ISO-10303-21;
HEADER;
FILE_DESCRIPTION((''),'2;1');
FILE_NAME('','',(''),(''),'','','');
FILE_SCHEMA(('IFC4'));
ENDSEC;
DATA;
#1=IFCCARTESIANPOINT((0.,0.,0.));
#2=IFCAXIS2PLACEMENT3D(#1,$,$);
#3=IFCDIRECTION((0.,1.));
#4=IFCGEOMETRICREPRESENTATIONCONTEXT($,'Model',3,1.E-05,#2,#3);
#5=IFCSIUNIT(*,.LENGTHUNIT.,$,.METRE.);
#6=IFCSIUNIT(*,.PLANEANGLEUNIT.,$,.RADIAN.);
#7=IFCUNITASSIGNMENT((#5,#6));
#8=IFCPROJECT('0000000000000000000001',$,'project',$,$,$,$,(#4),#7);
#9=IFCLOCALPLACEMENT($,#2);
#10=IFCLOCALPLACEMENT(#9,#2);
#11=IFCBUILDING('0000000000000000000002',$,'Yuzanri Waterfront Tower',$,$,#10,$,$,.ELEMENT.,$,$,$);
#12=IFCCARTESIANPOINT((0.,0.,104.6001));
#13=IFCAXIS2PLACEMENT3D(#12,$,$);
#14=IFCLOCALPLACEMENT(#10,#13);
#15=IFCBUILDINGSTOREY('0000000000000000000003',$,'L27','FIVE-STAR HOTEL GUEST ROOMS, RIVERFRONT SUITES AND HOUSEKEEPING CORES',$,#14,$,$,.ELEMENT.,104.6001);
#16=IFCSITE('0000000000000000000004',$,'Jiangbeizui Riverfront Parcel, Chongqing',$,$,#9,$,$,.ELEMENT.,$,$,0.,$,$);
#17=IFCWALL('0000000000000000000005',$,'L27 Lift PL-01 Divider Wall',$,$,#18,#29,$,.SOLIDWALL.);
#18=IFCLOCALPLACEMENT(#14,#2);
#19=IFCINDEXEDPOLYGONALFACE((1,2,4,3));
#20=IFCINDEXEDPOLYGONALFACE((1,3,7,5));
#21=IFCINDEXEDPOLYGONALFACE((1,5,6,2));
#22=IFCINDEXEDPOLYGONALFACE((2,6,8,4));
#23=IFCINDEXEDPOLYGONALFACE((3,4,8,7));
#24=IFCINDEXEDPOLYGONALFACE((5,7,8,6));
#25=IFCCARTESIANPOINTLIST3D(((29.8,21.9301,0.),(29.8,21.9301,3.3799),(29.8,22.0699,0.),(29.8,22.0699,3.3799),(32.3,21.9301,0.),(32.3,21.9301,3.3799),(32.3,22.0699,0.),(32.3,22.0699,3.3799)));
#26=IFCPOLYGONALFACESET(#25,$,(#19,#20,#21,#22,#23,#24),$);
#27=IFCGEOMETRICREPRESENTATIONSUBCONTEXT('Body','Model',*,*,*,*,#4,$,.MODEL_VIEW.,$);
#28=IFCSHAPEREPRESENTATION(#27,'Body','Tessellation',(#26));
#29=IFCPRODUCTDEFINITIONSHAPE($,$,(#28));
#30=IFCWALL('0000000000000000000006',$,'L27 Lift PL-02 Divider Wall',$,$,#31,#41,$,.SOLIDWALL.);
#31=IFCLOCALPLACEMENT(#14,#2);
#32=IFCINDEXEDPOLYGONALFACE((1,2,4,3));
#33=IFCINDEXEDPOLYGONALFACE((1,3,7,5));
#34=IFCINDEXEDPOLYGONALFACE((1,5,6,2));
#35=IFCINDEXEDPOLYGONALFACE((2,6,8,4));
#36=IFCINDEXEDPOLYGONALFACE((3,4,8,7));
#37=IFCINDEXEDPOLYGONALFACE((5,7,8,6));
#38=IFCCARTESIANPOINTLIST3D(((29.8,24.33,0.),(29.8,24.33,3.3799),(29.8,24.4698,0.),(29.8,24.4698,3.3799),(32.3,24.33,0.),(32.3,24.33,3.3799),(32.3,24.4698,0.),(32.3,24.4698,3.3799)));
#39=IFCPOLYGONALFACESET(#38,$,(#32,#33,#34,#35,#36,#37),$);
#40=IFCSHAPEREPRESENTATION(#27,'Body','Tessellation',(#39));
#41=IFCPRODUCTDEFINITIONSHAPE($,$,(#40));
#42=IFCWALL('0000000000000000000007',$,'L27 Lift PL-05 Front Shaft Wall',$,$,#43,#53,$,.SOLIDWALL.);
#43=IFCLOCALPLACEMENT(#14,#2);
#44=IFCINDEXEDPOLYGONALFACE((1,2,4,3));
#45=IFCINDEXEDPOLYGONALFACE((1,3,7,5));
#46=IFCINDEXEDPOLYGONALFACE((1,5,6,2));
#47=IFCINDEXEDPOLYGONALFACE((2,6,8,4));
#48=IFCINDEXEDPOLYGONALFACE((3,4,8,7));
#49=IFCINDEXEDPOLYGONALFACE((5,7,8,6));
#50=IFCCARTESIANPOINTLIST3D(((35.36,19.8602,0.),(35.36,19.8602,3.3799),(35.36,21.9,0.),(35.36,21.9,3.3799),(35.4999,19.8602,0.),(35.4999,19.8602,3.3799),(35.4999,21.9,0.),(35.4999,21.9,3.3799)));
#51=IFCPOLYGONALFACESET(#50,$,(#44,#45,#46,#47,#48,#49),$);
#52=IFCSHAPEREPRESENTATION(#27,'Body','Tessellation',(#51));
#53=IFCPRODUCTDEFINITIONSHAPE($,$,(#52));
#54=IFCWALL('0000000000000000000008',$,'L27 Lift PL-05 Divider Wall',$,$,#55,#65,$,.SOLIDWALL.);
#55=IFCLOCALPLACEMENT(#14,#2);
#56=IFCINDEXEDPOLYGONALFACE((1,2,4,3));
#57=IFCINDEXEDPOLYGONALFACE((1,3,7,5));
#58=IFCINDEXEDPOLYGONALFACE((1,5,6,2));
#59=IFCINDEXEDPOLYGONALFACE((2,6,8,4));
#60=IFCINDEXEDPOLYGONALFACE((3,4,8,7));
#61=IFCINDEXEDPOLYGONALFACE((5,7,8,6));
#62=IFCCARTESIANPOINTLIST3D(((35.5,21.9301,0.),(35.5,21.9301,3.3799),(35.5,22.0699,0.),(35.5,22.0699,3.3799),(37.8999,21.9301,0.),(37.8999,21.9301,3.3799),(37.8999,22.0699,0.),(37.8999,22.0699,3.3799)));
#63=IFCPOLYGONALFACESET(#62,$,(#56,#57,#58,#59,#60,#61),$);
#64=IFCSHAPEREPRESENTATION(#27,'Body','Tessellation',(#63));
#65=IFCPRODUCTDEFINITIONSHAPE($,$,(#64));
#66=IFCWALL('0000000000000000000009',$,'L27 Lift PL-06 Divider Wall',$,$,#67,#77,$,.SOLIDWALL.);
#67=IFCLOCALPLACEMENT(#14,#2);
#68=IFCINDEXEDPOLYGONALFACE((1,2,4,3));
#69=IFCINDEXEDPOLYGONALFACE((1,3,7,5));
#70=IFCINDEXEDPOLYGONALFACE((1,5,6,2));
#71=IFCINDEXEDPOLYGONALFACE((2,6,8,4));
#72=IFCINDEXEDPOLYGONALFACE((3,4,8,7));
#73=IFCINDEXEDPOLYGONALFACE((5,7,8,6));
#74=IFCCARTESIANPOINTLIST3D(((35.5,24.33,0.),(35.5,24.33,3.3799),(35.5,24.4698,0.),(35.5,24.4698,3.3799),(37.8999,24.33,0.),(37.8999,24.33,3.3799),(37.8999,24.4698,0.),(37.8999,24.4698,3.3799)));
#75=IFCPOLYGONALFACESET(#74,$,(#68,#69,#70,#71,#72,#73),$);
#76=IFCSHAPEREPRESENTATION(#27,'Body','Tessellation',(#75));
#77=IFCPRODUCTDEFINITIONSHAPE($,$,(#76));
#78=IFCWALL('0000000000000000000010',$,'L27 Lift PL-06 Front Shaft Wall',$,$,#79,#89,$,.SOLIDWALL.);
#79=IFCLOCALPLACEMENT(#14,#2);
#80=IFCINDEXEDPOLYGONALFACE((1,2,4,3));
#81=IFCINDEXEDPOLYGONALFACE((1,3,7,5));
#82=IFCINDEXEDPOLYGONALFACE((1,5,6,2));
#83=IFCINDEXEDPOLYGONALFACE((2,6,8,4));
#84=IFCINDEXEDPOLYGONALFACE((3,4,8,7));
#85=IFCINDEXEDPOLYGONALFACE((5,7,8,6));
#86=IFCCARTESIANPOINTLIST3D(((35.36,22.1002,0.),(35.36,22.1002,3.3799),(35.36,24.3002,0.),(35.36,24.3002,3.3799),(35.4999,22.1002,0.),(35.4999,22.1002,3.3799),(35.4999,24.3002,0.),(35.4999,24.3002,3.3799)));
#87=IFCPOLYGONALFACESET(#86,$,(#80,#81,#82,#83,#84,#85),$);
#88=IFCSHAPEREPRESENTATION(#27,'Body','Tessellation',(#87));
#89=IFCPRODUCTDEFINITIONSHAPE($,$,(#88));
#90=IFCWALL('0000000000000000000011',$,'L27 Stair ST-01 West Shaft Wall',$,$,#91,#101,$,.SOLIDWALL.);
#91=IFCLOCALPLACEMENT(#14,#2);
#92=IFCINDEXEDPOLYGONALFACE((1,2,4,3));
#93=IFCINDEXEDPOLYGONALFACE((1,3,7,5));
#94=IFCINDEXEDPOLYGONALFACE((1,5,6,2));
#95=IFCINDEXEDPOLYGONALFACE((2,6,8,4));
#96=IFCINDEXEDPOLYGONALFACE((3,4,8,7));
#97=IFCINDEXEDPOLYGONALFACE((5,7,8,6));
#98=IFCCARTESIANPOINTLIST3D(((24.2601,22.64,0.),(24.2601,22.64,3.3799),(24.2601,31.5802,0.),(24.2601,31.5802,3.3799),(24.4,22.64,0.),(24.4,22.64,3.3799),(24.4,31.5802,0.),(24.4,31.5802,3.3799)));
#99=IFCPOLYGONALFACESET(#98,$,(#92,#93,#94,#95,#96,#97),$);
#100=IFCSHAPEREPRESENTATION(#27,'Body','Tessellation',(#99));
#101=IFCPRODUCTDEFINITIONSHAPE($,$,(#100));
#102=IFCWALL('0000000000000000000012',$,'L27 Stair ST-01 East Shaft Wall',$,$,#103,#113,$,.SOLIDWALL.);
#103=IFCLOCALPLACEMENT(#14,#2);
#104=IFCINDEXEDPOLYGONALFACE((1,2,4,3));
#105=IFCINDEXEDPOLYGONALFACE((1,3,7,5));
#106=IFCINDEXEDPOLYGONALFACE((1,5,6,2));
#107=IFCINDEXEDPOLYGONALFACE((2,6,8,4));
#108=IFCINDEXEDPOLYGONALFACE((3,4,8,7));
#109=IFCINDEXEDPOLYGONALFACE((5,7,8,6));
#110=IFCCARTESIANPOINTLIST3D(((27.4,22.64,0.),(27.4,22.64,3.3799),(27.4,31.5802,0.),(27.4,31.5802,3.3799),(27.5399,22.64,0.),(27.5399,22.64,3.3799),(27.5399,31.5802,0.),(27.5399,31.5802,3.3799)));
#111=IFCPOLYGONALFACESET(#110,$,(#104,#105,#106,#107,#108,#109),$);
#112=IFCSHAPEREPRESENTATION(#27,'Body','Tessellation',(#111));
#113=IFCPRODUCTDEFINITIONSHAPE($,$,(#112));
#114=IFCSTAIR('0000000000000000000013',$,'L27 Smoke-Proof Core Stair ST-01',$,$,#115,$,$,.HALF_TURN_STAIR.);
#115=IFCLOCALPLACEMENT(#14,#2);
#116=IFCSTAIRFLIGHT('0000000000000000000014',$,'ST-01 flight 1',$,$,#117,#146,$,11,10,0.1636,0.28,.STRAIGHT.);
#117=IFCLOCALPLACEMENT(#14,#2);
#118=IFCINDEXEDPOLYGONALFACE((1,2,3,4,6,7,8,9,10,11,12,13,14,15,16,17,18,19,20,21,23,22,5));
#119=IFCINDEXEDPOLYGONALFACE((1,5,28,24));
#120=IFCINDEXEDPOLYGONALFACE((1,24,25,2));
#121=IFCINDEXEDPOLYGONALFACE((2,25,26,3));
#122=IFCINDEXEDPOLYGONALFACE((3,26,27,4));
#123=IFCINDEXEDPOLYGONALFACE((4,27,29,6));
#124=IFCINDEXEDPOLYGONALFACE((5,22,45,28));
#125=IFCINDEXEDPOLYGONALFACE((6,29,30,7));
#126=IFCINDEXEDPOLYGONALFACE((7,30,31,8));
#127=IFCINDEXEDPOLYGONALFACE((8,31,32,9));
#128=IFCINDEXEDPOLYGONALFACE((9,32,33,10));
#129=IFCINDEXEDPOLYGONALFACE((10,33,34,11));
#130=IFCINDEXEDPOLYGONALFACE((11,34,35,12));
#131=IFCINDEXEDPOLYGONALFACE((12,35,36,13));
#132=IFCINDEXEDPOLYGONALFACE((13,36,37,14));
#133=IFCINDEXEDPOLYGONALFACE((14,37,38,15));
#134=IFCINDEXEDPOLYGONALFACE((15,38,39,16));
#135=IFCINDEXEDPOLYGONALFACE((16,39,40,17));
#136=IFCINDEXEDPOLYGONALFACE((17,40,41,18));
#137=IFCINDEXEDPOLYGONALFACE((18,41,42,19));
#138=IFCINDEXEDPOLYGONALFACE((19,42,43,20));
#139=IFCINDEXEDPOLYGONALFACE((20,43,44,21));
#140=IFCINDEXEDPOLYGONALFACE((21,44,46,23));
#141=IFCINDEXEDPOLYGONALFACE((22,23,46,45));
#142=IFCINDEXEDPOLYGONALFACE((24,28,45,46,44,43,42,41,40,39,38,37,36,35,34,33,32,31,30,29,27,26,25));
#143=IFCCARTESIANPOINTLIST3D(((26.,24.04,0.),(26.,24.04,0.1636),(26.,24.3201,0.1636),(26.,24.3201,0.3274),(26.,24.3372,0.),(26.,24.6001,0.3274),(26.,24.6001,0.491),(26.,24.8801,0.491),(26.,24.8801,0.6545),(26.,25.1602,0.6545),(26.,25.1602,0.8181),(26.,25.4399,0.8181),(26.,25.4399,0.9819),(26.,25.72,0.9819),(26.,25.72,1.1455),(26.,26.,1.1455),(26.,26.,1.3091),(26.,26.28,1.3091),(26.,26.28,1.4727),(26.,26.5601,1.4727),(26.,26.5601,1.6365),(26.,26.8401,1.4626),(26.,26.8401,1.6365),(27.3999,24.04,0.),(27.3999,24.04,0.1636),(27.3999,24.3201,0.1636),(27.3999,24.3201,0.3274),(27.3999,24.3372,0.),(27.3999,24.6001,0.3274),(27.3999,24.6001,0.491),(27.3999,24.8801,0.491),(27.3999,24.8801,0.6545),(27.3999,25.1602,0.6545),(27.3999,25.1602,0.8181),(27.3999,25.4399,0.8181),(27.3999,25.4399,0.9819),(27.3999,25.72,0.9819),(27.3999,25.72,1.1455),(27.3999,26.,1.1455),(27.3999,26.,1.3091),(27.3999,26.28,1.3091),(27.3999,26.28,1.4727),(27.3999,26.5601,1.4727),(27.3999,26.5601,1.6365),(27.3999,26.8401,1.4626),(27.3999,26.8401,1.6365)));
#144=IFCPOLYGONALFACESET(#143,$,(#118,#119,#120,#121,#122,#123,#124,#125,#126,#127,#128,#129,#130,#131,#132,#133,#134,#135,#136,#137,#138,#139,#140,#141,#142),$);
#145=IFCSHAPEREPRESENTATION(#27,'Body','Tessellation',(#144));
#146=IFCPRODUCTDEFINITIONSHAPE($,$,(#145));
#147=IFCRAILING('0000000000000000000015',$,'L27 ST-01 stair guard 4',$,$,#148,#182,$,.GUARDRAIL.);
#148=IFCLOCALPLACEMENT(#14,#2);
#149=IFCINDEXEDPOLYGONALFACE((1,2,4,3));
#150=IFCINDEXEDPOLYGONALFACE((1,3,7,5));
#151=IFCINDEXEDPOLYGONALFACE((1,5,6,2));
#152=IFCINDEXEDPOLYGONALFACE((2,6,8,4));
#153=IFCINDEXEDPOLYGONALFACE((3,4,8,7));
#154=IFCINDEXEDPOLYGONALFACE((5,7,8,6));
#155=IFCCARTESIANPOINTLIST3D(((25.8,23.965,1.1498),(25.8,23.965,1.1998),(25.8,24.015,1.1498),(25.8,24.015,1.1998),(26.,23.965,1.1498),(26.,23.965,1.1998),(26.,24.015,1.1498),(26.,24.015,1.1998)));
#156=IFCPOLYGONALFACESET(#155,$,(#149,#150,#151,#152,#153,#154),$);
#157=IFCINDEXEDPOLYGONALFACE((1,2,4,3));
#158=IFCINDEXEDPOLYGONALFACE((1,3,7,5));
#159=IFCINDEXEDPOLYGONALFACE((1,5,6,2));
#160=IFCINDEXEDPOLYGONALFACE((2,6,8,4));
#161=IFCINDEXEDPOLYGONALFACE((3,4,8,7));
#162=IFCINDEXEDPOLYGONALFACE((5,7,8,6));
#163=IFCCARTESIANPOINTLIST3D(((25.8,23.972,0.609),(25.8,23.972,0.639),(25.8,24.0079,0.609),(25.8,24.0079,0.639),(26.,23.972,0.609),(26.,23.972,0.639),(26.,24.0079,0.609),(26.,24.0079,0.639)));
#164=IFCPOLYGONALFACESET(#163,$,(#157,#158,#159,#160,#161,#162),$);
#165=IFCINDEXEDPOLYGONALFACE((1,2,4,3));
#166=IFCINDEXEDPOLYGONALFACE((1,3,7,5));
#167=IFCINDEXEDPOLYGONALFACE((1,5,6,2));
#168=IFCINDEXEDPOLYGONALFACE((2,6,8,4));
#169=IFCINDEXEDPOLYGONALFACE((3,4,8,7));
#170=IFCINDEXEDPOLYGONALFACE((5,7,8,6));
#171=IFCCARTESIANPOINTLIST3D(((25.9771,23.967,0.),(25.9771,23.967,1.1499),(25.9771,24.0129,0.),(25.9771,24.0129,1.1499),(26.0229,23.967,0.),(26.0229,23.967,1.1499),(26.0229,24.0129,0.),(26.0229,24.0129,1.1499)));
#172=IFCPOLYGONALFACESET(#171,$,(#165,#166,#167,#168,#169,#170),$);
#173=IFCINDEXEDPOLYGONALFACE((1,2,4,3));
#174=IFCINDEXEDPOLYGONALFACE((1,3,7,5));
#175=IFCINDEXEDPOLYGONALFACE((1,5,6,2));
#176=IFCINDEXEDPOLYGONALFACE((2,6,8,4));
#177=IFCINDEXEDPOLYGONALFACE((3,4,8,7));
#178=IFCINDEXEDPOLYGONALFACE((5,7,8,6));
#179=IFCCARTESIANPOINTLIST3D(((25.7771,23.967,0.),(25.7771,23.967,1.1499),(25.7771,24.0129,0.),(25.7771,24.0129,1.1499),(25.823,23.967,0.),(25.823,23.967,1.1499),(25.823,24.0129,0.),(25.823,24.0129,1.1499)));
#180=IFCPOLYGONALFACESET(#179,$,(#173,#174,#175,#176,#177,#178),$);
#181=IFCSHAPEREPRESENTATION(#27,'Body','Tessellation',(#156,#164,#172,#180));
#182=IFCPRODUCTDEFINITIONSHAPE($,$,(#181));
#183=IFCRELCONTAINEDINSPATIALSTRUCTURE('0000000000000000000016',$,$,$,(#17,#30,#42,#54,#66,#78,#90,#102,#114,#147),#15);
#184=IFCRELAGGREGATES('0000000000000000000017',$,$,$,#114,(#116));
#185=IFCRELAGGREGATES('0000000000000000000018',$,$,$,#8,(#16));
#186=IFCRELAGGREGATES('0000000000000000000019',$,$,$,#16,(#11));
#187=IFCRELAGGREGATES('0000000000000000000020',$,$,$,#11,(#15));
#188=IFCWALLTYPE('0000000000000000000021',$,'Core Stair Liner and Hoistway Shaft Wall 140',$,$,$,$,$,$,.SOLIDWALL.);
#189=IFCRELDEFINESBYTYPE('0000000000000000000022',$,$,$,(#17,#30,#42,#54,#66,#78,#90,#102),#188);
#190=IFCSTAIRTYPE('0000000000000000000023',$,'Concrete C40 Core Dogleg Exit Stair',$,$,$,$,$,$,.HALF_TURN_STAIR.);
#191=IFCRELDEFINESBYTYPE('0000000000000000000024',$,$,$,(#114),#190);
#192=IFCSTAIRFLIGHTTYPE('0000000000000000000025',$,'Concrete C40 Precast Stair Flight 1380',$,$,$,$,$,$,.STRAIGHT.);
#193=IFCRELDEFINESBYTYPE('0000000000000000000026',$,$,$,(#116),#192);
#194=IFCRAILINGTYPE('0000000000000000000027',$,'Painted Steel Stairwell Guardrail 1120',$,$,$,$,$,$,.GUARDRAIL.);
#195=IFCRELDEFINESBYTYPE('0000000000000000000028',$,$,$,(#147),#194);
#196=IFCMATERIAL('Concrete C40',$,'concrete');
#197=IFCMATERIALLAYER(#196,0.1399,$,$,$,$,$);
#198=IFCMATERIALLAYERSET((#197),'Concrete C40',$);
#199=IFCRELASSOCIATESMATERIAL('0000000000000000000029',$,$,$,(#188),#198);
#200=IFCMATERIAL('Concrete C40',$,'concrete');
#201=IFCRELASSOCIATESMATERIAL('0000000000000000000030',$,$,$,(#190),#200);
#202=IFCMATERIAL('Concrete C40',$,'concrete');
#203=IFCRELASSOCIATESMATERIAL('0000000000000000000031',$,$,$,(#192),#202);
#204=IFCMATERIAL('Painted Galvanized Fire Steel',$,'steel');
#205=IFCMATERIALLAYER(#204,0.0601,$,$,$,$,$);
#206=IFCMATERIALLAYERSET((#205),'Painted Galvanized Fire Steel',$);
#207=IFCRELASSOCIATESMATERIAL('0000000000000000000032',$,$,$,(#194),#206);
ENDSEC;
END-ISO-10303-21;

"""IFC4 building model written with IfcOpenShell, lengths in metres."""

from ifc_helpers import new_model, si_unit, direction, frame, frame_2d, origin, origin_2d, place, context, subcontext, project, spatial, polyline, rectangle, outline, extrude, source, transform, mapped, material, layer, layer_set, type_object, element, aggregate, save


model = new_model("IFC4")

# Units and contexts
model_context = context("Model", 3, precision=1e-05, world=origin(), true_north=direction((0.0, 1.0)))
body_context = subcontext(model_context, "Body", "Model", "MODEL_VIEW")
ifc_project = project(units=[si_unit("LENGTHUNIT", "METRE"), si_unit("PLANEANGLEUNIT", "RADIAN")], contexts=[model_context])

# Site, building, storey
site_placement = place(None, origin())
site = spatial("IfcSite", under=ifc_project, at=site_placement, Name="Jiangbeizui Riverfront Parcel, Chongqing", CompositionType="ELEMENT", RefElevation=0.0)
building_placement = place(site_placement, origin())
building = spatial("IfcBuilding", under=site, at=building_placement, Name="Yuzanri Waterfront Tower", CompositionType="ELEMENT")
storey_placement = place(building_placement, frame((0.0, 0.0, 104.6001)))
storey = spatial("IfcBuildingStorey", under=building, at=storey_placement, Name="L27", Description="FIVE-STAR HOTEL GUEST ROOMS, RIVERFRONT SUITES AND HOUSEKEEPING CORES", CompositionType="ELEMENT", Elevation=104.6001)

# Shared definitions
ifc_material_1 = material(Name="Concrete C40", Category="concrete")
ifc_layer_1 = layer(ifc_material_1, 0.1399)
ifc_layer_set_1 = layer_set([ifc_layer_1], Name="Concrete C40")
wall_type_1 = type_object("IfcWallType", Name="Core Stair Liner and Hoistway Shaft Wall 140", PredefinedType="SOLIDWALL", material=ifc_layer_set_1)

# Walls
shared_shape_1 = source(origin(), body_context, "Body", "SweptSolid", [
    extrude(rectangle(XDim=2.5, YDim=0.1399, at=frame_2d((1.25, 0.0))), origin(), (0.0, 0.0, 1.0), 3.3799),
])
for number, where, z_axis, x_axis, name in (
    (1, (29.8, 22.0, 0.0), (0.0, 0.0, 1.0), (1.0, 0.0, 0.0), "L27 Lift PL-01 Divider Wall"),
    (2, (29.8, 24.3999, 0.0), (0.0, 0.0, 1.0), (1.0, 0.0, 0.0), "L27 Lift PL-02 Divider Wall"),
):
    element("IfcWall", number, at=place(storey_placement, frame(where, z_axis=z_axis, x_axis=x_axis)), inside=storey, type_object=wall_type_1, Name=name, PredefinedType="SOLIDWALL", context=body_context, shape_type="MappedRepresentation", body=[
        mapped(shared_shape_1, transform((0.0, 0.0, 0.0), scale=1.0)),
    ])
shared_shape_2 = source(origin(), body_context, "Body", "SweptSolid", [
    extrude(rectangle(XDim=2.0398, YDim=0.1399, at=frame_2d((1.02, 0.0))), origin(), (0.0, 0.0, 1.0), 3.3799),
])
wall_1_placement = place(storey_placement, frame((35.4299, 19.8601, 0.0), z_axis=(0.0, 0.0, 1.0), x_axis=(0.0, 1.0, 0.0)))
element("IfcWall", 3, at=wall_1_placement, inside=storey, type_object=wall_type_1, Name="L27 Lift PL-05 Front Shaft Wall", PredefinedType="SOLIDWALL", context=body_context, shape_type="MappedRepresentation", body=[
    mapped(shared_shape_2, transform((0.0, 0.0, 0.0), scale=1.0)),
])
shared_shape_3 = source(origin(), body_context, "Body", "SweptSolid", [
    extrude(rectangle(XDim=2.3999, YDim=0.1399, at=frame_2d((1.2, 0.0))), origin(), (0.0, 0.0, 1.0), 3.3799),
])
for number, where, z_axis, x_axis, name in (
    (4, (35.5, 22.0, 0.0), (0.0, 0.0, 1.0), (1.0, 0.0, 0.0), "L27 Lift PL-05 Divider Wall"),
    (5, (35.5, 24.3999, 0.0), (0.0, 0.0, 1.0), (1.0, 0.0, 0.0), "L27 Lift PL-06 Divider Wall"),
):
    element("IfcWall", number, at=place(storey_placement, frame(where, z_axis=z_axis, x_axis=x_axis)), inside=storey, type_object=wall_type_1, Name=name, PredefinedType="SOLIDWALL", context=body_context, shape_type="MappedRepresentation", body=[
        mapped(shared_shape_3, transform((0.0, 0.0, 0.0), scale=1.0)),
    ])
shared_shape_4 = source(origin(), body_context, "Body", "SweptSolid", [
    extrude(rectangle(XDim=2.2, YDim=0.1399, at=frame_2d((1.1001, 0.0))), origin(), (0.0, 0.0, 1.0), 3.3799),
])
wall_2_placement = place(storey_placement, frame((35.4299, 22.1001, 0.0), z_axis=(0.0, 0.0, 1.0), x_axis=(0.0, 1.0, 0.0)))
element("IfcWall", 6, at=wall_2_placement, inside=storey, type_object=wall_type_1, Name="L27 Lift PL-06 Front Shaft Wall", PredefinedType="SOLIDWALL", context=body_context, shape_type="MappedRepresentation", body=[
    mapped(shared_shape_4, transform((0.0, 0.0, 0.0), scale=1.0)),
])
shared_shape_5 = source(origin(), body_context, "Body", "SweptSolid", [
    extrude(rectangle(XDim=8.9402, YDim=0.1399, at=frame_2d((4.4702, 0.0))), origin(), (0.0, 0.0, 1.0), 3.3799),
])
for number, where, z_axis, x_axis, name in (
    (7, (24.3301, 22.6399, 0.0), (0.0, 0.0, 1.0), (0.0, 1.0, 0.0), "L27 Stair ST-01 West Shaft Wall"),
    (8, (27.47, 22.6399, 0.0), (0.0, 0.0, 1.0), (0.0, 1.0, 0.0), "L27 Stair ST-01 East Shaft Wall"),
):
    element("IfcWall", number, at=place(storey_placement, frame(where, z_axis=z_axis, x_axis=x_axis)), inside=storey, type_object=wall_type_1, Name=name, PredefinedType="SOLIDWALL", context=body_context, shape_type="MappedRepresentation", body=[
        mapped(shared_shape_5, transform((0.0, 0.0, 0.0), scale=1.0)),
    ])

# Stair, stair flight
ifc_material_2 = material(Name="Concrete C40", Category="concrete")
stair_type = type_object("IfcStairType", Name="Concrete C40 Core Dogleg Exit Stair", PredefinedType="HALF_TURN_STAIR", material=ifc_material_2)
stair_placement = place(storey_placement, origin())
stair = element("IfcStair", 9, at=stair_placement, inside=storey, type_object=stair_type, Name="L27 Smoke-Proof Core Stair ST-01", PredefinedType="HALF_TURN_STAIR")
ifc_material_3 = material(Name="Concrete C40", Category="concrete")
stair_flight_type = type_object("IfcStairFlightType", Name="Concrete C40 Precast Stair Flight 1380", PredefinedType="STRAIGHT", material=ifc_material_3)
shared_shape_6 = source(origin(), body_context, "Body", "SweptSolid", [
    extrude(outline(polyline([(0.0, 0.0), (0.0, 0.1636), (0.28, 0.1636), (0.28, 0.3274), (0.5601, 0.3274), (0.5601, 0.491), (0.8401, 0.491), (0.8401, 0.6545), (1.1201, 0.6545), (1.1201, 0.8181), (1.3999, 0.8181), (1.3999, 0.9819), (1.6799, 0.9819), (1.6799, 1.1455), (1.96, 1.1455), (1.96, 1.3091), (2.24, 1.3091), (2.24, 1.4727), (2.52, 1.4727), (2.52, 1.6365), (2.8, 1.6365), (2.8, 1.8), (2.8, 1.4626), (0.2971, 0.0), (0.0, 0.0)])), frame((0.0, 0.7, 0.0), z_axis=(0.0, -1.0, 0.0), x_axis=(1.0, 0.0, 0.0)), (0.0, 0.0, 1.0), 1.3999),
])
stair_flight_placement = place(storey_placement, frame((26.7, 24.04, 0.0), z_axis=(0.0, 0.0, 1.0), x_axis=(0.0, 1.0, 0.0)))
stair_flight = element("IfcStairFlight", 10, at=stair_flight_placement, type_object=stair_flight_type, Name="ST-01 flight 1", NumberOfRisers=11, NumberOfTreads=10, PredefinedType="STRAIGHT", RiserHeight=0.1636, TreadLength=0.28, context=body_context, shape_type="MappedRepresentation", body=[
    mapped(shared_shape_6, transform((0.0, 0.0, 0.0), scale=1.0)),
])
aggregate(stair, [stair_flight])

# Railing
ifc_material_4 = material(Name="Painted Galvanized Fire Steel", Category="steel")
ifc_layer_2 = layer(ifc_material_4, 0.0601)
ifc_layer_set_2 = layer_set([ifc_layer_2], Name="Painted Galvanized Fire Steel")
railing_type_1 = type_object("IfcRailingType", Name="Painted Steel Stairwell Guardrail 1120", PredefinedType="GUARDRAIL", material=ifc_layer_set_2)
shared_shape_7 = source(origin(), body_context, "Body", "SweptSolid", [
    extrude(rectangle(XDim=0.05, YDim=0.05, at=origin_2d()), frame((0.0, 0.0, 1.1748), z_axis=(-1.0, 0.0, 0.0), x_axis=(0.0, -1.0, 0.0)), (0.0, 0.0, 1.0), 0.2),
    extrude(rectangle(XDim=0.0359, YDim=0.03, at=origin_2d()), frame((0.0, 0.0, 0.624), z_axis=(-1.0, 0.0, 0.0), x_axis=(0.0, -1.0, 0.0)), (0.0, 0.0, 1.0), 0.2),
    extrude(rectangle(XDim=0.0459, YDim=0.0459, at=origin_2d()), origin(), (0.0, 0.0, 1.0), 1.1499),
    extrude(rectangle(XDim=0.0459, YDim=0.0459, at=origin_2d()), frame((-0.2, 0.0, 0.0)), (0.0, 0.0, 1.0), 1.1499),
])
railing_1_placement = place(storey_placement, frame((26.0, 23.99, 0.0)))
element("IfcRailing", 11, at=railing_1_placement, inside=storey, type_object=railing_type_1, Name="L27 ST-01 stair guard 4", PredefinedType="GUARDRAIL", context=body_context, shape_type="MappedRepresentation", body=[
    mapped(shared_shape_7, transform((0.0, 0.0, 0.0), scale=1.0)),
])

save(model, "model.ifc")
